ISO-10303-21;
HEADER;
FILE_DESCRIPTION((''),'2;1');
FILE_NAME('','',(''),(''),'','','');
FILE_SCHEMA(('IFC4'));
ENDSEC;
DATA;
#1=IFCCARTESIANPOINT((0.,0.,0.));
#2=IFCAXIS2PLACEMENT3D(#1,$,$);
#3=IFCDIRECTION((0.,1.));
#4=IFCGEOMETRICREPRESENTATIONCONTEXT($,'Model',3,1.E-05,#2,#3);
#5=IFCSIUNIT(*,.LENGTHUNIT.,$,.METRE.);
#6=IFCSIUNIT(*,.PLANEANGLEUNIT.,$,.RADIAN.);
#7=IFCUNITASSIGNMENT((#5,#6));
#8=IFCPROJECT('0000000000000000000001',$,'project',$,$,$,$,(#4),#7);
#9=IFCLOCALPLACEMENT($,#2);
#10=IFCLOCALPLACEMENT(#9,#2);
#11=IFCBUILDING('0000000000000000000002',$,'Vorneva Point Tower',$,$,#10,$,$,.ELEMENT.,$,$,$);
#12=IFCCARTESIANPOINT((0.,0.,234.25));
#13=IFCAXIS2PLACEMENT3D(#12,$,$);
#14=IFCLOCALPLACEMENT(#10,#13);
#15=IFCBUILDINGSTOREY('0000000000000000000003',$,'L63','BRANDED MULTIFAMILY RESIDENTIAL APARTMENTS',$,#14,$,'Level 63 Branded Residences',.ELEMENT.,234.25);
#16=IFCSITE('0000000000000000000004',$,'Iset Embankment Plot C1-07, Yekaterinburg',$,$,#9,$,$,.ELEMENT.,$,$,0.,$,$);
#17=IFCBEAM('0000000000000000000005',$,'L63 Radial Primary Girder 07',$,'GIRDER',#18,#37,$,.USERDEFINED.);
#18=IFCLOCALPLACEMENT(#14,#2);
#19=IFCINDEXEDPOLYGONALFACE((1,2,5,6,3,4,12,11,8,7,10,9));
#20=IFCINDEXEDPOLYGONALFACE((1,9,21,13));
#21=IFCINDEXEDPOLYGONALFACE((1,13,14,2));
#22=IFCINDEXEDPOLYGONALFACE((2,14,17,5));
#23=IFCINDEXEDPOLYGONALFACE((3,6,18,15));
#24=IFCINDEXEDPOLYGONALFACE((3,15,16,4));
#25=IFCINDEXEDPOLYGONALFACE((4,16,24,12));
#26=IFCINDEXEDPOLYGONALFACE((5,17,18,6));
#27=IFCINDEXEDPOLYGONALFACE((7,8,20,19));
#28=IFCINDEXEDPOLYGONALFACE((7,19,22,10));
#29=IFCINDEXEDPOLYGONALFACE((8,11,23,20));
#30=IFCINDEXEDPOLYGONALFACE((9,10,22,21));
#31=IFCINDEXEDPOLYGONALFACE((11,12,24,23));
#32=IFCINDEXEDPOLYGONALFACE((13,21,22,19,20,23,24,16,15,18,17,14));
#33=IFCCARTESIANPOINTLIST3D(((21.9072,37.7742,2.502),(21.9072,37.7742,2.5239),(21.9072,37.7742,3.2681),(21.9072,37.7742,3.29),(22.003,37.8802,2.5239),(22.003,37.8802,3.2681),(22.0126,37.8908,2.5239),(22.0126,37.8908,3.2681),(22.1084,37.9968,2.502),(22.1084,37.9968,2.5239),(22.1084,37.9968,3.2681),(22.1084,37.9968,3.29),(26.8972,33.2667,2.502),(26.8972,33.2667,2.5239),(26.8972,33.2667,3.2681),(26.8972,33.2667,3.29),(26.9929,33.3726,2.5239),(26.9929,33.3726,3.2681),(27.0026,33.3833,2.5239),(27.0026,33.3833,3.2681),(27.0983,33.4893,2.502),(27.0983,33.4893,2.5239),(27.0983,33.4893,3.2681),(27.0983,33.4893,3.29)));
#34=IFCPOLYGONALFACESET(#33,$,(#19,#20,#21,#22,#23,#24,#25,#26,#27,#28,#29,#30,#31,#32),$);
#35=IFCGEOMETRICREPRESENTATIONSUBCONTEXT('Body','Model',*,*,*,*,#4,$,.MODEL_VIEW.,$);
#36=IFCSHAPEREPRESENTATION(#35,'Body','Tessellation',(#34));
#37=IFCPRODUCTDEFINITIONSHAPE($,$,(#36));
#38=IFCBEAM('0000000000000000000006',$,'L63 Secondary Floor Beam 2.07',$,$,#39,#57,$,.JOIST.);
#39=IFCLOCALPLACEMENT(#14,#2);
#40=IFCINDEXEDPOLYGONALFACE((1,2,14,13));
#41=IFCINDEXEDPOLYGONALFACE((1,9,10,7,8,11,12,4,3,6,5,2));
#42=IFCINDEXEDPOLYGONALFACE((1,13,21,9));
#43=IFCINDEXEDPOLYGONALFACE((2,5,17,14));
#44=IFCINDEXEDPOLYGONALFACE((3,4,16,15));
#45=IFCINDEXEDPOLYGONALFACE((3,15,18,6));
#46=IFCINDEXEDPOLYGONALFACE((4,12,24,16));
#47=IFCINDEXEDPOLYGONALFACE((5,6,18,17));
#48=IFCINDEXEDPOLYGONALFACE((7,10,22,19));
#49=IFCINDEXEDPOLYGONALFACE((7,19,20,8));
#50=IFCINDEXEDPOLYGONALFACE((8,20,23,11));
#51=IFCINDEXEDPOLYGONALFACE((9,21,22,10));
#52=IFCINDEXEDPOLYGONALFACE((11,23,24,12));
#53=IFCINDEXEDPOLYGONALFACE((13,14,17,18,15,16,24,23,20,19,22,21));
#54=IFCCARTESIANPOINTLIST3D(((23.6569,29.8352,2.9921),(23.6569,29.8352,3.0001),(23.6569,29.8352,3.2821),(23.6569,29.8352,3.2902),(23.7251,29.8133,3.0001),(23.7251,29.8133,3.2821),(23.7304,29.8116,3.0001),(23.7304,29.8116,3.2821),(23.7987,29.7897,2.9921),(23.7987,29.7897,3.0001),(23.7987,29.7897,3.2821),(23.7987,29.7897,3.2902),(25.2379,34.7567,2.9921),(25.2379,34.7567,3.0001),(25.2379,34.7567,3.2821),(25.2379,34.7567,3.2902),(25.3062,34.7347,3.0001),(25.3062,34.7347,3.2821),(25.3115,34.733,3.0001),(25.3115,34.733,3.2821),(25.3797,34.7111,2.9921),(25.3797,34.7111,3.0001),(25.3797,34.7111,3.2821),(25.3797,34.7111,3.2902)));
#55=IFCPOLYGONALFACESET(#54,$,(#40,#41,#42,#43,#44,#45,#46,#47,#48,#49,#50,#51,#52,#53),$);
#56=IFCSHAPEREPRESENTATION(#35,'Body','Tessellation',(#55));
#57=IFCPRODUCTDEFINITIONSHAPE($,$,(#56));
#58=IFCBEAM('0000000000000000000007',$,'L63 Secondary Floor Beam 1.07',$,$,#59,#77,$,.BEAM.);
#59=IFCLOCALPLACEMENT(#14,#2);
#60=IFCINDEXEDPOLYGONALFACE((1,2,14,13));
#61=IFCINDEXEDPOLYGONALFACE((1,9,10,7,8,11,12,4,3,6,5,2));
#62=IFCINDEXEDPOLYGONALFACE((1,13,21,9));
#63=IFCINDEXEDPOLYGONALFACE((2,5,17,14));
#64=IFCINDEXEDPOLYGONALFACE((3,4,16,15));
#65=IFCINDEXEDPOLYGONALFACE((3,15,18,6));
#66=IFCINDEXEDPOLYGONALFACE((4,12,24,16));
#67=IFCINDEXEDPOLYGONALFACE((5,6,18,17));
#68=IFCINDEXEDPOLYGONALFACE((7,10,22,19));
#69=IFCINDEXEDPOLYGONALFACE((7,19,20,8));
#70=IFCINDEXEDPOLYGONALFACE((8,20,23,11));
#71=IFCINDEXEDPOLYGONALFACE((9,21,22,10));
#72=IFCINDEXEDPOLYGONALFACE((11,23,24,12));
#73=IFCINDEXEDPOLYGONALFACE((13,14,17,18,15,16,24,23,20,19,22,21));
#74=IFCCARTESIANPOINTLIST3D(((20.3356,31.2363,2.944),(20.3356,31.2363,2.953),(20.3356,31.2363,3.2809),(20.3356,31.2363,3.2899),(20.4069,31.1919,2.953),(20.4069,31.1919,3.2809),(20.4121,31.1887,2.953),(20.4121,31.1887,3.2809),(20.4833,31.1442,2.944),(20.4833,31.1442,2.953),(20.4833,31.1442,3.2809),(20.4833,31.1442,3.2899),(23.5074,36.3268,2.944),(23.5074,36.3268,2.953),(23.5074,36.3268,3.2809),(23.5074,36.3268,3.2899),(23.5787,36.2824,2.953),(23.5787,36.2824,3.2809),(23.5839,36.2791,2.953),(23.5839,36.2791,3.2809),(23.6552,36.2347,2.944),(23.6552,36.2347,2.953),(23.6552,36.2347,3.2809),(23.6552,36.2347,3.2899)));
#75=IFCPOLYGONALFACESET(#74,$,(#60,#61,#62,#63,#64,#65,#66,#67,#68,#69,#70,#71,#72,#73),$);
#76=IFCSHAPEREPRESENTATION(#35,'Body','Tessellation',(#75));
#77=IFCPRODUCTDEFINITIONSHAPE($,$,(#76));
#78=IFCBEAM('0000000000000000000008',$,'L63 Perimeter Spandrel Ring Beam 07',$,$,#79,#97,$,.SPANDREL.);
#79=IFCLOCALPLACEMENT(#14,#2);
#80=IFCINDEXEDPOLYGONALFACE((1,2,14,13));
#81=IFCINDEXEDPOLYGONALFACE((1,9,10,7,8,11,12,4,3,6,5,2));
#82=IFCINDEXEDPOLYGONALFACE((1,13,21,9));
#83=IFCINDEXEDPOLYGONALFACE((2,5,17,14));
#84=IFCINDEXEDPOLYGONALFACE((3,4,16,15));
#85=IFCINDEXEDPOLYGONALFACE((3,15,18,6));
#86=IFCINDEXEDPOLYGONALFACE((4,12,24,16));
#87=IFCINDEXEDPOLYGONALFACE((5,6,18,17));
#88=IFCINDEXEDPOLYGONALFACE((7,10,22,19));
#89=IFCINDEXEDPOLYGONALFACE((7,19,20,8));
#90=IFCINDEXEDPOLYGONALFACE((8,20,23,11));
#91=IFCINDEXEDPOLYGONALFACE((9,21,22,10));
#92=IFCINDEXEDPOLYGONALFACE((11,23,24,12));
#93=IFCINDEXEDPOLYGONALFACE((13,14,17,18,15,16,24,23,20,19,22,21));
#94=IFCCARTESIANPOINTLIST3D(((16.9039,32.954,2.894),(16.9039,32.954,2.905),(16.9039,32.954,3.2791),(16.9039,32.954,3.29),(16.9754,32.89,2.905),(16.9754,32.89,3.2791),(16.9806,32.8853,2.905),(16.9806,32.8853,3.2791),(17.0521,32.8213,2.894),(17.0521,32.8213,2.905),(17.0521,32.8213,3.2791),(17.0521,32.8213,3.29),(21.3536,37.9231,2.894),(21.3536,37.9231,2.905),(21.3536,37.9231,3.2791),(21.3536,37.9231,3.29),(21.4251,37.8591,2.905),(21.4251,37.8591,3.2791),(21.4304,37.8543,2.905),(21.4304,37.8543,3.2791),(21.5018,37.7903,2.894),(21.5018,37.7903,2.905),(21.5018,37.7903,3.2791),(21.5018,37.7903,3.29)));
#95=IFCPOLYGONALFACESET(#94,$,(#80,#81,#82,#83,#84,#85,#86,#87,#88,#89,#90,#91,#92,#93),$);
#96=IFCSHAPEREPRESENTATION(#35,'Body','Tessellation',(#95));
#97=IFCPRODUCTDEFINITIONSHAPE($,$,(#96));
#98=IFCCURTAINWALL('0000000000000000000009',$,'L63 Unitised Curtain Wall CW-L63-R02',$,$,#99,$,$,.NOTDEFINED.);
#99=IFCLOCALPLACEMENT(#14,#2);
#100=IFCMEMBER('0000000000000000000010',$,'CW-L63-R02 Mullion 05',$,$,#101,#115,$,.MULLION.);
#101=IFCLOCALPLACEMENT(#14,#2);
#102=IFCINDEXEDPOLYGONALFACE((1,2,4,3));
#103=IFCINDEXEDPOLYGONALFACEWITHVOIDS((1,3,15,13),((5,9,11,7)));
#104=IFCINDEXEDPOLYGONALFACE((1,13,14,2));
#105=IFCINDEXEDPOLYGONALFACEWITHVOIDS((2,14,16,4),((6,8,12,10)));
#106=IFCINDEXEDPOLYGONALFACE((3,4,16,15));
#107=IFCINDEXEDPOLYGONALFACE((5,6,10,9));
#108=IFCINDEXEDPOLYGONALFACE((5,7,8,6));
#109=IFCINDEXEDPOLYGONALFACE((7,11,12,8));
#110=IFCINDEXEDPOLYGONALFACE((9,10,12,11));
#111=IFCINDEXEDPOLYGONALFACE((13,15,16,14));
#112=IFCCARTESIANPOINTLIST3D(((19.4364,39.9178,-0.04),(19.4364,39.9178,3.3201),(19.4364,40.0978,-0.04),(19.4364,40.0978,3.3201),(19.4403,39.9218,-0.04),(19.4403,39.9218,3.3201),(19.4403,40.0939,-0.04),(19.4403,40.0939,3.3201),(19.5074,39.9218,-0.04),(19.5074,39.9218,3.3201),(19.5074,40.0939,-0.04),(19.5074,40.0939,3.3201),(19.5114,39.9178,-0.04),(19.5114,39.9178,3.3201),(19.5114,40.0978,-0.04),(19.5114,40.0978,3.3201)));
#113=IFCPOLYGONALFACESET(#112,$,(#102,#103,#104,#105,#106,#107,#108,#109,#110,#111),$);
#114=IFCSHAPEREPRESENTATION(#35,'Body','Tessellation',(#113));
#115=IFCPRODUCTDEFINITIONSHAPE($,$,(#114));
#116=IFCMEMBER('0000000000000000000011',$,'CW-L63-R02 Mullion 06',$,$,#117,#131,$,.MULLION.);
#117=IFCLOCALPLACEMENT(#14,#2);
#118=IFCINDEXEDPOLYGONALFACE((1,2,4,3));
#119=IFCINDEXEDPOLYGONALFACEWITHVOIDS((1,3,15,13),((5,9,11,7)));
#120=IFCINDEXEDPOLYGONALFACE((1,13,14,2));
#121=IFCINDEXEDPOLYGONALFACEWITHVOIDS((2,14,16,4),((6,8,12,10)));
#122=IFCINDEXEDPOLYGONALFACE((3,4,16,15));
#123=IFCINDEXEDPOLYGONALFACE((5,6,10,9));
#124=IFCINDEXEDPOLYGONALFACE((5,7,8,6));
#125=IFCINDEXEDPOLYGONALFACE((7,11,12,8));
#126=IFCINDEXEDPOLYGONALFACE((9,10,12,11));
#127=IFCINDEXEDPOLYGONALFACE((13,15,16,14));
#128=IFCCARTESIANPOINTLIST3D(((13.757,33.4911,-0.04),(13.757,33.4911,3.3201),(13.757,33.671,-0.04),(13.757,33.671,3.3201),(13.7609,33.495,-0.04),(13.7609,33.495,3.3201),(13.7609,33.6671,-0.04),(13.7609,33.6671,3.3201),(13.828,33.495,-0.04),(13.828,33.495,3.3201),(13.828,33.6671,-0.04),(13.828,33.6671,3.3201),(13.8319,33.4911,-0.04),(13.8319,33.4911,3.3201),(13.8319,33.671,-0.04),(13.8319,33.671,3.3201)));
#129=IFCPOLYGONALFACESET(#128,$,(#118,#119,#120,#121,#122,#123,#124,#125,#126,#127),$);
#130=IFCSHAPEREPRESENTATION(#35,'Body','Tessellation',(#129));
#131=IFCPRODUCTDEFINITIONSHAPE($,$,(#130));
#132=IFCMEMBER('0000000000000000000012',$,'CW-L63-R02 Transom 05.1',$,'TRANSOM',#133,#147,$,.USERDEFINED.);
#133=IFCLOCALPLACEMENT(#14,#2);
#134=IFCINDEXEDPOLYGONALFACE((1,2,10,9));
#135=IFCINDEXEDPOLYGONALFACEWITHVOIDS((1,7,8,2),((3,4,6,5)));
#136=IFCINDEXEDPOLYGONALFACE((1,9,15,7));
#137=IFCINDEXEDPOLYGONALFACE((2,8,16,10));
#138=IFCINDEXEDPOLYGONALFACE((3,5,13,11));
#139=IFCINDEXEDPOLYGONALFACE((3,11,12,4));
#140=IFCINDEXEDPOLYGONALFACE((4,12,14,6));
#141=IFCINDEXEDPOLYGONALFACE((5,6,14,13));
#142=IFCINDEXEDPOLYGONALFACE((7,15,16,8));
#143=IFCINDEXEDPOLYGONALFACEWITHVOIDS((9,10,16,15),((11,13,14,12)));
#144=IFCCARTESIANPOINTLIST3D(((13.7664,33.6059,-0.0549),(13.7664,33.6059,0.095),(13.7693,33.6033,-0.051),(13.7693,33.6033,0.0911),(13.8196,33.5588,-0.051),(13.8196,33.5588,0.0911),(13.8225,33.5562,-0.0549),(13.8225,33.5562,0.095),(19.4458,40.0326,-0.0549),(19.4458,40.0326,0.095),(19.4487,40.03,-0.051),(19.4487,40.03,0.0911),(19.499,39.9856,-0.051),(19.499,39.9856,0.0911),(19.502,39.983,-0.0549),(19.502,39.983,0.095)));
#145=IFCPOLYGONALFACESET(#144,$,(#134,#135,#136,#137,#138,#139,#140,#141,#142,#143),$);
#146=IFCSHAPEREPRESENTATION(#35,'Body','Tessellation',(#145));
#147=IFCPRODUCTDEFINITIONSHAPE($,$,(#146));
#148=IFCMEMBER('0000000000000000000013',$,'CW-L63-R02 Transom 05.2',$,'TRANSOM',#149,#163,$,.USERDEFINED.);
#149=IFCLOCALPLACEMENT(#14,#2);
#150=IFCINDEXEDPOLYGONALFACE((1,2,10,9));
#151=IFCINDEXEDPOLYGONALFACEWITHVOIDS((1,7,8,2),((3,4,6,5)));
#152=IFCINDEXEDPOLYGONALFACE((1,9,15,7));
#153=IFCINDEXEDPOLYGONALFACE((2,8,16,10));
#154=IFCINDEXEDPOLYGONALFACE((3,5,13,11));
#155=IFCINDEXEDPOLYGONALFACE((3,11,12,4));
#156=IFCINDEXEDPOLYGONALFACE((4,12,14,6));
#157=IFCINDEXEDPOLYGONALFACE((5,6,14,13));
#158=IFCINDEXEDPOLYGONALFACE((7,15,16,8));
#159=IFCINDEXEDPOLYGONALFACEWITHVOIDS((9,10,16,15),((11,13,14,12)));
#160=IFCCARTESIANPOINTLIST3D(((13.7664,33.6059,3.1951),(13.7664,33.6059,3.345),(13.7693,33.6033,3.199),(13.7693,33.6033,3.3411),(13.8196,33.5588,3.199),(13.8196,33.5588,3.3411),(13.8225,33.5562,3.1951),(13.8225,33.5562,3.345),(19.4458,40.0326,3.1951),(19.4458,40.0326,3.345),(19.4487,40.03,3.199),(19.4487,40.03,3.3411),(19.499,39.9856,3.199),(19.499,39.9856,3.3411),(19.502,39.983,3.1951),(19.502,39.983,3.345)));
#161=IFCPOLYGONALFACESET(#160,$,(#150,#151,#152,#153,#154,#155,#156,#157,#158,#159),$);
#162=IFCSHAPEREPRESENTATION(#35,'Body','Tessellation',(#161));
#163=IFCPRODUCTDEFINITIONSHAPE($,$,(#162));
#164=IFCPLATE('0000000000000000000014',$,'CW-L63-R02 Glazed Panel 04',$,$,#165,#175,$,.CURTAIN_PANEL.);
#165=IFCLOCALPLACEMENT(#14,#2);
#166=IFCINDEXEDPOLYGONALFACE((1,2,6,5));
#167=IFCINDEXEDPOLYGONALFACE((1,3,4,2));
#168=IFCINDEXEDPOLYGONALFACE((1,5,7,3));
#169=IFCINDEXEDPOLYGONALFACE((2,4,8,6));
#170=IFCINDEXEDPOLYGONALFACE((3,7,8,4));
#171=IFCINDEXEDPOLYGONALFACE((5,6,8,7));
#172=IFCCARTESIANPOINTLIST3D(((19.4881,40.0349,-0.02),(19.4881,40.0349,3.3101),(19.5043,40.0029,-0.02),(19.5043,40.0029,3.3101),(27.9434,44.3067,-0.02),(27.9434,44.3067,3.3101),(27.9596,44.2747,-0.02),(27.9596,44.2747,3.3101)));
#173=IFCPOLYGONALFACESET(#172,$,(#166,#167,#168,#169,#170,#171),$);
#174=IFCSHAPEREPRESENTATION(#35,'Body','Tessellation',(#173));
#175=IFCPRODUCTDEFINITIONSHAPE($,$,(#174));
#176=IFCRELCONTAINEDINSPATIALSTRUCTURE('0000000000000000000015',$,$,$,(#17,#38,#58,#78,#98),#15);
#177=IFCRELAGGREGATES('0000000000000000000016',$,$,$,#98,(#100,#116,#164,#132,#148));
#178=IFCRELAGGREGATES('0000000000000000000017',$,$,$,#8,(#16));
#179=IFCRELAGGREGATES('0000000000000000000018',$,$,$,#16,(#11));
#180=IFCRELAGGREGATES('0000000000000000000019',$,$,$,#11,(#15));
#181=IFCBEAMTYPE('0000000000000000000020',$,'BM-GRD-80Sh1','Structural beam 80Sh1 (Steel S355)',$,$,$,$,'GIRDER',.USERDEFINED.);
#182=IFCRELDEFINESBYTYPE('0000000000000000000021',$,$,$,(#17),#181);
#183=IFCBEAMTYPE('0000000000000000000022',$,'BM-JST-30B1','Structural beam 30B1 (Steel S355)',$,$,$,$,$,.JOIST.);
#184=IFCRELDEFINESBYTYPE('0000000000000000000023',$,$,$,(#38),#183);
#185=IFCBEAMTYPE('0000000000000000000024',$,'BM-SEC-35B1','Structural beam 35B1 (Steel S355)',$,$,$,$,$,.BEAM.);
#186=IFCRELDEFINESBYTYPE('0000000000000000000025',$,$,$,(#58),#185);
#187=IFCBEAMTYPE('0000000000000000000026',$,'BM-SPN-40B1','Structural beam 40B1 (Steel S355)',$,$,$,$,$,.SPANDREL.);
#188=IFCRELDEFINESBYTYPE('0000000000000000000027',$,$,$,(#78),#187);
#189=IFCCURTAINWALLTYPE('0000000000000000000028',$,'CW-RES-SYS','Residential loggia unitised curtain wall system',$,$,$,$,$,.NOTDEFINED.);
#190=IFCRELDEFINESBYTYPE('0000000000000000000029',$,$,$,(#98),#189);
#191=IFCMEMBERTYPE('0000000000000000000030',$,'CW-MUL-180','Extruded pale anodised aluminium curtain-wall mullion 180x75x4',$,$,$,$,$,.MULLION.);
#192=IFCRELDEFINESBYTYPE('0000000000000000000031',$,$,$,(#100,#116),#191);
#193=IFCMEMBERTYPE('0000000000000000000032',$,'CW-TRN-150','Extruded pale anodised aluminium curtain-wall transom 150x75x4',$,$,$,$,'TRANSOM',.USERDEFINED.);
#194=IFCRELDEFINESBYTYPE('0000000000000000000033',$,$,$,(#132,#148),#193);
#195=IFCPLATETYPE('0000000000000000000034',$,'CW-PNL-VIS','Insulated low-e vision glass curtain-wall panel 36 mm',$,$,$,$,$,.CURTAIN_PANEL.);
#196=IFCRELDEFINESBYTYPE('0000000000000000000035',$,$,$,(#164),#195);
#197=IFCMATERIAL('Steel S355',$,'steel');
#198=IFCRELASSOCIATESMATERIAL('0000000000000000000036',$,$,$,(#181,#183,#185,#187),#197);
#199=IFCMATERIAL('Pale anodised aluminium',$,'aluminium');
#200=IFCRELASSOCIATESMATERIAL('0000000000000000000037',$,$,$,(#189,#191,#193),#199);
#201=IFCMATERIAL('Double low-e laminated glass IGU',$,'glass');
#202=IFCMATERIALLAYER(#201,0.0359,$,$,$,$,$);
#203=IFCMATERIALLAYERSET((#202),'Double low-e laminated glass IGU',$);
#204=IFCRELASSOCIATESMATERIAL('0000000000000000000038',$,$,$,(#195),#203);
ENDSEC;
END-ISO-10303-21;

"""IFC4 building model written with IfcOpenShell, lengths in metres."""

from ifc_helpers import new_model, si_unit, direction, frame, origin, origin_2d, place, context, subcontext, project, spatial, rectangle, hollow_rectangle, i_section, extrude, material, layer, layer_set, material_profile, profile_set, type_object, element, aggregate, save


model = new_model("IFC4")

# Units and contexts
model_context = context("Model", 3, precision=1e-05, world=origin(), true_north=direction((0.0, 1.0)))
body_context = subcontext(model_context, "Body", "Model", "MODEL_VIEW")
ifc_project = project(units=[si_unit("LENGTHUNIT", "METRE"), si_unit("PLANEANGLEUNIT", "RADIAN")], contexts=[model_context])

# Site, building, storey
site_placement = place(None, origin())
site = spatial("IfcSite", under=ifc_project, at=site_placement, Name="Iset Embankment Plot C1-07, Yekaterinburg", CompositionType="ELEMENT", RefElevation=0.0)
building_placement = place(site_placement, origin())
building = spatial("IfcBuilding", under=site, at=building_placement, Name="Vorneva Point Tower", CompositionType="ELEMENT")
storey_placement = place(building_placement, frame((0.0, 0.0, 234.25)))
storey = spatial("IfcBuildingStorey", under=building, at=storey_placement, Name="L63", Description="BRANDED MULTIFAMILY RESIDENTIAL APARTMENTS", LongName="Level 63 Branded Residences", CompositionType="ELEMENT", Elevation=234.25)

# Beams
ifc_material_1 = material(Name="Steel S355", Category="steel")
ifc_material_profile_1 = material_profile(ifc_material_1, i_section(OverallWidth=0.3, OverallDepth=0.7881, WebThickness=0.0144, FlangeThickness=0.022, at=origin_2d()), Name="80Sh1")
ifc_profile_set_1 = profile_set([ifc_material_profile_1], Name="Steel S355")
beam_type_1 = type_object("IfcBeamType", Name="BM-GRD-80Sh1", Description="Structural beam 80Sh1 (Steel S355)", ElementType="GIRDER", PredefinedType="USERDEFINED", material=ifc_profile_set_1)
beam_1_placement = place(storey_placement, frame((22.0078, 37.8855, 2.896), z_axis=(0.742067, -0.670326, 0.0), x_axis=(0.670326, 0.742067, 0.0)))
element("IfcBeam", 1, at=beam_1_placement, inside=storey, type_object=beam_type_1, Name="L63 Radial Primary Girder 07", ObjectType="GIRDER", PredefinedType="USERDEFINED", context=body_context, shape_type="SweptSolid", body=[
    extrude(i_section(OverallWidth=0.3, OverallDepth=0.7881, WebThickness=0.0144, FlangeThickness=0.022, at=origin_2d()), origin(), (0.0, 0.0, 1.0), 6.7244),
])
ifc_material_profile_2 = material_profile(ifc_material_1, i_section(OverallWidth=0.1489, OverallDepth=0.2981, WebThickness=0.0056, FlangeThickness=0.0081, at=origin_2d()), Name="30B1")
ifc_profile_set_2 = profile_set([ifc_material_profile_2], Name="Steel S355")
beam_type_2 = type_object("IfcBeamType", Name="BM-JST-30B1", Description="Structural beam 30B1 (Steel S355)", PredefinedType="JOIST", material=ifc_profile_set_2)
beam_2_placement = place(storey_placement, frame((25.3088, 34.7339, 3.1411), z_axis=(-0.305865, -0.952075, 0.0), x_axis=(0.952075, -0.305865, 0.0)))
element("IfcBeam", 2, at=beam_2_placement, inside=storey, type_object=beam_type_2, Name="L63 Secondary Floor Beam 2.07", PredefinedType="JOIST", context=body_context, shape_type="SweptSolid", body=[
    extrude(i_section(OverallWidth=0.1489, OverallDepth=0.2981, WebThickness=0.0056, FlangeThickness=0.0081, at=origin_2d()), origin(), (0.0, 0.0, 1.0), 5.1692),
])
ifc_material_profile_3 = material_profile(ifc_material_1, i_section(OverallWidth=0.1741, OverallDepth=0.3459, WebThickness=0.0061, FlangeThickness=0.009, at=origin_2d()), Name="35B1")
ifc_profile_set_3 = profile_set([ifc_material_profile_3], Name="Steel S355")
beam_type_3 = type_object("IfcBeamType", Name="BM-SEC-35B1", Description="Structural beam 35B1 (Steel S355)", PredefinedType="BEAM", material=ifc_profile_set_3)
beam_3_placement = place(storey_placement, frame((23.5813, 36.2808, 3.1169), z_axis=(-0.528831, -0.848727, 0.0), x_axis=(0.848727, -0.528831, 0.0)))
element("IfcBeam", 3, at=beam_3_placement, inside=storey, type_object=beam_type_3, Name="L63 Secondary Floor Beam 1.07", PredefinedType="BEAM", context=body_context, shape_type="SweptSolid", body=[
    extrude(i_section(OverallWidth=0.1741, OverallDepth=0.3459, WebThickness=0.0061, FlangeThickness=0.009, at=origin_2d()), origin(), (0.0, 0.0, 1.0), 5.9978),
])
ifc_material_profile_4 = material_profile(ifc_material_1, i_section(OverallWidth=0.199, OverallDepth=0.396, WebThickness=0.0071, FlangeThickness=0.011, at=origin_2d()), Name="40B1")
ifc_profile_set_4 = profile_set([ifc_material_profile_4], Name="Steel S355")
beam_type_4 = type_object("IfcBeamType", Name="BM-SPN-40B1", Description="Structural beam 40B1 (Steel S355)", PredefinedType="SPANDREL", material=ifc_profile_set_4)
beam_4_placement = place(storey_placement, frame((21.4277, 37.8567, 3.092), z_axis=(-0.667108, -0.744961, 0.0), x_axis=(0.744961, -0.667108, 0.0)))
element("IfcBeam", 4, at=beam_4_placement, inside=storey, type_object=beam_type_4, Name="L63 Perimeter Spandrel Ring Beam 07", PredefinedType="SPANDREL", context=body_context, shape_type="SweptSolid", body=[
    extrude(i_section(OverallWidth=0.199, OverallDepth=0.396, WebThickness=0.0071, FlangeThickness=0.011, at=origin_2d()), origin(), (0.0, 0.0, 1.0), 6.6702),
])

# Curtain wall, members, plate
ifc_material_2 = material(Name="Pale anodised aluminium", Category="aluminium")
curtain_wall_type = type_object("IfcCurtainWallType", Name="CW-RES-SYS", Description="Residential loggia unitised curtain wall system", PredefinedType="NOTDEFINED", material=ifc_material_2)
curtain_wall_placement = place(storey_placement, origin())
curtain_wall = element("IfcCurtainWall", 5, at=curtain_wall_placement, inside=storey, type_object=curtain_wall_type, Name="L63 Unitised Curtain Wall CW-L63-R02", PredefinedType="NOTDEFINED")
ifc_material_profile_5 = material_profile(ifc_material_2, hollow_rectangle(XDim=0.075, YDim=0.1799, WallThickness=0.0039, at=origin_2d()), Name="AL-MUL 180x75x4")
ifc_profile_set_5 = profile_set([ifc_material_profile_5], Name="Pale anodised aluminium")
member_type_1 = type_object("IfcMemberType", Name="CW-MUL-180", Description="Extruded pale anodised aluminium curtain-wall mullion 180x75x4", PredefinedType="MULLION", material=ifc_profile_set_5)
member_1_placement = place(storey_placement, frame((19.4739, 40.0078, -0.04), z_axis=(0.0, 0.0, 1.0), x_axis=(1.0, 0.0, 0.0)))
member_1 = element("IfcMember", 6, at=member_1_placement, type_object=member_type_1, Name="CW-L63-R02 Mullion 05", PredefinedType="MULLION", context=body_context, shape_type="SweptSolid", body=[
    extrude(hollow_rectangle(XDim=0.075, YDim=0.1799, WallThickness=0.0039, at=origin_2d()), origin(), (0.0, 0.0, 1.0), 3.3601),
])
member_2_placement = place(storey_placement, frame((13.7944, 33.5811, -0.04), z_axis=(0.0, 0.0, 1.0), x_axis=(1.0, 0.0, 0.0)))
member_2 = element("IfcMember", 7, at=member_2_placement, type_object=member_type_1, Name="CW-L63-R02 Mullion 06", PredefinedType="MULLION", context=body_context, shape_type="SweptSolid", body=[
    extrude(hollow_rectangle(XDim=0.075, YDim=0.1799, WallThickness=0.0039, at=origin_2d()), origin(), (0.0, 0.0, 1.0), 3.3601),
])
ifc_material_profile_6 = material_profile(ifc_material_2, hollow_rectangle(XDim=0.075, YDim=0.1499, WallThickness=0.0039, at=origin_2d()), Name="AL-TRN 150x75x4")
ifc_profile_set_6 = profile_set([ifc_material_profile_6], Name="Pale anodised aluminium")
member_type_2 = type_object("IfcMemberType", Name="CW-TRN-150", Description="Extruded pale anodised aluminium curtain-wall transom 150x75x4", ElementType="TRANSOM", PredefinedType="USERDEFINED", material=ifc_profile_set_6)
member_3_placement = place(storey_placement, frame((19.4739, 40.0078, 0.02), z_axis=(-0.662197, -0.74933, 0.0), x_axis=(0.74933, -0.662197, 0.0)))
member_3 = element("IfcMember", 8, at=member_3_placement, type_object=member_type_2, Name="CW-L63-R02 Transom 05.1", ObjectType="TRANSOM", PredefinedType="USERDEFINED", context=body_context, shape_type="SweptSolid", body=[
    extrude(hollow_rectangle(XDim=0.075, YDim=0.1499, WallThickness=0.0039, at=origin_2d()), origin(), (0.0, 0.0, 1.0), 8.5767),
])
member_4_placement = place(storey_placement, frame((19.4739, 40.0078, 3.27), z_axis=(-0.662197, -0.74933, 0.0), x_axis=(0.74933, -0.662197, 0.0)))
member_4 = element("IfcMember", 9, at=member_4_placement, type_object=member_type_2, Name="CW-L63-R02 Transom 05.2", ObjectType="TRANSOM", PredefinedType="USERDEFINED", context=body_context, shape_type="SweptSolid", body=[
    extrude(hollow_rectangle(XDim=0.075, YDim=0.1499, WallThickness=0.0039, at=origin_2d()), origin(), (0.0, 0.0, 1.0), 8.5767),
])
ifc_material_3 = material(Name="Double low-e laminated glass IGU", Category="glass")
ifc_layer_1 = layer(ifc_material_3, 0.0359)
ifc_layer_set_1 = layer_set([ifc_layer_1], Name="Double low-e laminated glass IGU")
plate_type = type_object("IfcPlateType", Name="CW-PNL-VIS", Description="Insulated low-e vision glass curtain-wall panel 36 mm", PredefinedType="CURTAIN_PANEL", material=ifc_layer_set_1)
plate_1_placement = place(storey_placement, frame((23.7239, 42.1548, -0.02), z_axis=(0.0, 0.0, 1.0), x_axis=(-0.892554, -0.45094, 0.0)))
plate_1 = element("IfcPlate", 10, at=plate_1_placement, type_object=plate_type, Name="CW-L63-R02 Glazed Panel 04", PredefinedType="CURTAIN_PANEL", context=body_context, shape_type="SweptSolid", body=[
    extrude(rectangle(XDim=9.4731, YDim=0.0359, at=origin_2d()), origin(), (0.0, 0.0, 1.0), 3.3301),
])
aggregate(curtain_wall, [member_1, member_2, plate_1, member_3, member_4])

save(model, "model.ifc")
